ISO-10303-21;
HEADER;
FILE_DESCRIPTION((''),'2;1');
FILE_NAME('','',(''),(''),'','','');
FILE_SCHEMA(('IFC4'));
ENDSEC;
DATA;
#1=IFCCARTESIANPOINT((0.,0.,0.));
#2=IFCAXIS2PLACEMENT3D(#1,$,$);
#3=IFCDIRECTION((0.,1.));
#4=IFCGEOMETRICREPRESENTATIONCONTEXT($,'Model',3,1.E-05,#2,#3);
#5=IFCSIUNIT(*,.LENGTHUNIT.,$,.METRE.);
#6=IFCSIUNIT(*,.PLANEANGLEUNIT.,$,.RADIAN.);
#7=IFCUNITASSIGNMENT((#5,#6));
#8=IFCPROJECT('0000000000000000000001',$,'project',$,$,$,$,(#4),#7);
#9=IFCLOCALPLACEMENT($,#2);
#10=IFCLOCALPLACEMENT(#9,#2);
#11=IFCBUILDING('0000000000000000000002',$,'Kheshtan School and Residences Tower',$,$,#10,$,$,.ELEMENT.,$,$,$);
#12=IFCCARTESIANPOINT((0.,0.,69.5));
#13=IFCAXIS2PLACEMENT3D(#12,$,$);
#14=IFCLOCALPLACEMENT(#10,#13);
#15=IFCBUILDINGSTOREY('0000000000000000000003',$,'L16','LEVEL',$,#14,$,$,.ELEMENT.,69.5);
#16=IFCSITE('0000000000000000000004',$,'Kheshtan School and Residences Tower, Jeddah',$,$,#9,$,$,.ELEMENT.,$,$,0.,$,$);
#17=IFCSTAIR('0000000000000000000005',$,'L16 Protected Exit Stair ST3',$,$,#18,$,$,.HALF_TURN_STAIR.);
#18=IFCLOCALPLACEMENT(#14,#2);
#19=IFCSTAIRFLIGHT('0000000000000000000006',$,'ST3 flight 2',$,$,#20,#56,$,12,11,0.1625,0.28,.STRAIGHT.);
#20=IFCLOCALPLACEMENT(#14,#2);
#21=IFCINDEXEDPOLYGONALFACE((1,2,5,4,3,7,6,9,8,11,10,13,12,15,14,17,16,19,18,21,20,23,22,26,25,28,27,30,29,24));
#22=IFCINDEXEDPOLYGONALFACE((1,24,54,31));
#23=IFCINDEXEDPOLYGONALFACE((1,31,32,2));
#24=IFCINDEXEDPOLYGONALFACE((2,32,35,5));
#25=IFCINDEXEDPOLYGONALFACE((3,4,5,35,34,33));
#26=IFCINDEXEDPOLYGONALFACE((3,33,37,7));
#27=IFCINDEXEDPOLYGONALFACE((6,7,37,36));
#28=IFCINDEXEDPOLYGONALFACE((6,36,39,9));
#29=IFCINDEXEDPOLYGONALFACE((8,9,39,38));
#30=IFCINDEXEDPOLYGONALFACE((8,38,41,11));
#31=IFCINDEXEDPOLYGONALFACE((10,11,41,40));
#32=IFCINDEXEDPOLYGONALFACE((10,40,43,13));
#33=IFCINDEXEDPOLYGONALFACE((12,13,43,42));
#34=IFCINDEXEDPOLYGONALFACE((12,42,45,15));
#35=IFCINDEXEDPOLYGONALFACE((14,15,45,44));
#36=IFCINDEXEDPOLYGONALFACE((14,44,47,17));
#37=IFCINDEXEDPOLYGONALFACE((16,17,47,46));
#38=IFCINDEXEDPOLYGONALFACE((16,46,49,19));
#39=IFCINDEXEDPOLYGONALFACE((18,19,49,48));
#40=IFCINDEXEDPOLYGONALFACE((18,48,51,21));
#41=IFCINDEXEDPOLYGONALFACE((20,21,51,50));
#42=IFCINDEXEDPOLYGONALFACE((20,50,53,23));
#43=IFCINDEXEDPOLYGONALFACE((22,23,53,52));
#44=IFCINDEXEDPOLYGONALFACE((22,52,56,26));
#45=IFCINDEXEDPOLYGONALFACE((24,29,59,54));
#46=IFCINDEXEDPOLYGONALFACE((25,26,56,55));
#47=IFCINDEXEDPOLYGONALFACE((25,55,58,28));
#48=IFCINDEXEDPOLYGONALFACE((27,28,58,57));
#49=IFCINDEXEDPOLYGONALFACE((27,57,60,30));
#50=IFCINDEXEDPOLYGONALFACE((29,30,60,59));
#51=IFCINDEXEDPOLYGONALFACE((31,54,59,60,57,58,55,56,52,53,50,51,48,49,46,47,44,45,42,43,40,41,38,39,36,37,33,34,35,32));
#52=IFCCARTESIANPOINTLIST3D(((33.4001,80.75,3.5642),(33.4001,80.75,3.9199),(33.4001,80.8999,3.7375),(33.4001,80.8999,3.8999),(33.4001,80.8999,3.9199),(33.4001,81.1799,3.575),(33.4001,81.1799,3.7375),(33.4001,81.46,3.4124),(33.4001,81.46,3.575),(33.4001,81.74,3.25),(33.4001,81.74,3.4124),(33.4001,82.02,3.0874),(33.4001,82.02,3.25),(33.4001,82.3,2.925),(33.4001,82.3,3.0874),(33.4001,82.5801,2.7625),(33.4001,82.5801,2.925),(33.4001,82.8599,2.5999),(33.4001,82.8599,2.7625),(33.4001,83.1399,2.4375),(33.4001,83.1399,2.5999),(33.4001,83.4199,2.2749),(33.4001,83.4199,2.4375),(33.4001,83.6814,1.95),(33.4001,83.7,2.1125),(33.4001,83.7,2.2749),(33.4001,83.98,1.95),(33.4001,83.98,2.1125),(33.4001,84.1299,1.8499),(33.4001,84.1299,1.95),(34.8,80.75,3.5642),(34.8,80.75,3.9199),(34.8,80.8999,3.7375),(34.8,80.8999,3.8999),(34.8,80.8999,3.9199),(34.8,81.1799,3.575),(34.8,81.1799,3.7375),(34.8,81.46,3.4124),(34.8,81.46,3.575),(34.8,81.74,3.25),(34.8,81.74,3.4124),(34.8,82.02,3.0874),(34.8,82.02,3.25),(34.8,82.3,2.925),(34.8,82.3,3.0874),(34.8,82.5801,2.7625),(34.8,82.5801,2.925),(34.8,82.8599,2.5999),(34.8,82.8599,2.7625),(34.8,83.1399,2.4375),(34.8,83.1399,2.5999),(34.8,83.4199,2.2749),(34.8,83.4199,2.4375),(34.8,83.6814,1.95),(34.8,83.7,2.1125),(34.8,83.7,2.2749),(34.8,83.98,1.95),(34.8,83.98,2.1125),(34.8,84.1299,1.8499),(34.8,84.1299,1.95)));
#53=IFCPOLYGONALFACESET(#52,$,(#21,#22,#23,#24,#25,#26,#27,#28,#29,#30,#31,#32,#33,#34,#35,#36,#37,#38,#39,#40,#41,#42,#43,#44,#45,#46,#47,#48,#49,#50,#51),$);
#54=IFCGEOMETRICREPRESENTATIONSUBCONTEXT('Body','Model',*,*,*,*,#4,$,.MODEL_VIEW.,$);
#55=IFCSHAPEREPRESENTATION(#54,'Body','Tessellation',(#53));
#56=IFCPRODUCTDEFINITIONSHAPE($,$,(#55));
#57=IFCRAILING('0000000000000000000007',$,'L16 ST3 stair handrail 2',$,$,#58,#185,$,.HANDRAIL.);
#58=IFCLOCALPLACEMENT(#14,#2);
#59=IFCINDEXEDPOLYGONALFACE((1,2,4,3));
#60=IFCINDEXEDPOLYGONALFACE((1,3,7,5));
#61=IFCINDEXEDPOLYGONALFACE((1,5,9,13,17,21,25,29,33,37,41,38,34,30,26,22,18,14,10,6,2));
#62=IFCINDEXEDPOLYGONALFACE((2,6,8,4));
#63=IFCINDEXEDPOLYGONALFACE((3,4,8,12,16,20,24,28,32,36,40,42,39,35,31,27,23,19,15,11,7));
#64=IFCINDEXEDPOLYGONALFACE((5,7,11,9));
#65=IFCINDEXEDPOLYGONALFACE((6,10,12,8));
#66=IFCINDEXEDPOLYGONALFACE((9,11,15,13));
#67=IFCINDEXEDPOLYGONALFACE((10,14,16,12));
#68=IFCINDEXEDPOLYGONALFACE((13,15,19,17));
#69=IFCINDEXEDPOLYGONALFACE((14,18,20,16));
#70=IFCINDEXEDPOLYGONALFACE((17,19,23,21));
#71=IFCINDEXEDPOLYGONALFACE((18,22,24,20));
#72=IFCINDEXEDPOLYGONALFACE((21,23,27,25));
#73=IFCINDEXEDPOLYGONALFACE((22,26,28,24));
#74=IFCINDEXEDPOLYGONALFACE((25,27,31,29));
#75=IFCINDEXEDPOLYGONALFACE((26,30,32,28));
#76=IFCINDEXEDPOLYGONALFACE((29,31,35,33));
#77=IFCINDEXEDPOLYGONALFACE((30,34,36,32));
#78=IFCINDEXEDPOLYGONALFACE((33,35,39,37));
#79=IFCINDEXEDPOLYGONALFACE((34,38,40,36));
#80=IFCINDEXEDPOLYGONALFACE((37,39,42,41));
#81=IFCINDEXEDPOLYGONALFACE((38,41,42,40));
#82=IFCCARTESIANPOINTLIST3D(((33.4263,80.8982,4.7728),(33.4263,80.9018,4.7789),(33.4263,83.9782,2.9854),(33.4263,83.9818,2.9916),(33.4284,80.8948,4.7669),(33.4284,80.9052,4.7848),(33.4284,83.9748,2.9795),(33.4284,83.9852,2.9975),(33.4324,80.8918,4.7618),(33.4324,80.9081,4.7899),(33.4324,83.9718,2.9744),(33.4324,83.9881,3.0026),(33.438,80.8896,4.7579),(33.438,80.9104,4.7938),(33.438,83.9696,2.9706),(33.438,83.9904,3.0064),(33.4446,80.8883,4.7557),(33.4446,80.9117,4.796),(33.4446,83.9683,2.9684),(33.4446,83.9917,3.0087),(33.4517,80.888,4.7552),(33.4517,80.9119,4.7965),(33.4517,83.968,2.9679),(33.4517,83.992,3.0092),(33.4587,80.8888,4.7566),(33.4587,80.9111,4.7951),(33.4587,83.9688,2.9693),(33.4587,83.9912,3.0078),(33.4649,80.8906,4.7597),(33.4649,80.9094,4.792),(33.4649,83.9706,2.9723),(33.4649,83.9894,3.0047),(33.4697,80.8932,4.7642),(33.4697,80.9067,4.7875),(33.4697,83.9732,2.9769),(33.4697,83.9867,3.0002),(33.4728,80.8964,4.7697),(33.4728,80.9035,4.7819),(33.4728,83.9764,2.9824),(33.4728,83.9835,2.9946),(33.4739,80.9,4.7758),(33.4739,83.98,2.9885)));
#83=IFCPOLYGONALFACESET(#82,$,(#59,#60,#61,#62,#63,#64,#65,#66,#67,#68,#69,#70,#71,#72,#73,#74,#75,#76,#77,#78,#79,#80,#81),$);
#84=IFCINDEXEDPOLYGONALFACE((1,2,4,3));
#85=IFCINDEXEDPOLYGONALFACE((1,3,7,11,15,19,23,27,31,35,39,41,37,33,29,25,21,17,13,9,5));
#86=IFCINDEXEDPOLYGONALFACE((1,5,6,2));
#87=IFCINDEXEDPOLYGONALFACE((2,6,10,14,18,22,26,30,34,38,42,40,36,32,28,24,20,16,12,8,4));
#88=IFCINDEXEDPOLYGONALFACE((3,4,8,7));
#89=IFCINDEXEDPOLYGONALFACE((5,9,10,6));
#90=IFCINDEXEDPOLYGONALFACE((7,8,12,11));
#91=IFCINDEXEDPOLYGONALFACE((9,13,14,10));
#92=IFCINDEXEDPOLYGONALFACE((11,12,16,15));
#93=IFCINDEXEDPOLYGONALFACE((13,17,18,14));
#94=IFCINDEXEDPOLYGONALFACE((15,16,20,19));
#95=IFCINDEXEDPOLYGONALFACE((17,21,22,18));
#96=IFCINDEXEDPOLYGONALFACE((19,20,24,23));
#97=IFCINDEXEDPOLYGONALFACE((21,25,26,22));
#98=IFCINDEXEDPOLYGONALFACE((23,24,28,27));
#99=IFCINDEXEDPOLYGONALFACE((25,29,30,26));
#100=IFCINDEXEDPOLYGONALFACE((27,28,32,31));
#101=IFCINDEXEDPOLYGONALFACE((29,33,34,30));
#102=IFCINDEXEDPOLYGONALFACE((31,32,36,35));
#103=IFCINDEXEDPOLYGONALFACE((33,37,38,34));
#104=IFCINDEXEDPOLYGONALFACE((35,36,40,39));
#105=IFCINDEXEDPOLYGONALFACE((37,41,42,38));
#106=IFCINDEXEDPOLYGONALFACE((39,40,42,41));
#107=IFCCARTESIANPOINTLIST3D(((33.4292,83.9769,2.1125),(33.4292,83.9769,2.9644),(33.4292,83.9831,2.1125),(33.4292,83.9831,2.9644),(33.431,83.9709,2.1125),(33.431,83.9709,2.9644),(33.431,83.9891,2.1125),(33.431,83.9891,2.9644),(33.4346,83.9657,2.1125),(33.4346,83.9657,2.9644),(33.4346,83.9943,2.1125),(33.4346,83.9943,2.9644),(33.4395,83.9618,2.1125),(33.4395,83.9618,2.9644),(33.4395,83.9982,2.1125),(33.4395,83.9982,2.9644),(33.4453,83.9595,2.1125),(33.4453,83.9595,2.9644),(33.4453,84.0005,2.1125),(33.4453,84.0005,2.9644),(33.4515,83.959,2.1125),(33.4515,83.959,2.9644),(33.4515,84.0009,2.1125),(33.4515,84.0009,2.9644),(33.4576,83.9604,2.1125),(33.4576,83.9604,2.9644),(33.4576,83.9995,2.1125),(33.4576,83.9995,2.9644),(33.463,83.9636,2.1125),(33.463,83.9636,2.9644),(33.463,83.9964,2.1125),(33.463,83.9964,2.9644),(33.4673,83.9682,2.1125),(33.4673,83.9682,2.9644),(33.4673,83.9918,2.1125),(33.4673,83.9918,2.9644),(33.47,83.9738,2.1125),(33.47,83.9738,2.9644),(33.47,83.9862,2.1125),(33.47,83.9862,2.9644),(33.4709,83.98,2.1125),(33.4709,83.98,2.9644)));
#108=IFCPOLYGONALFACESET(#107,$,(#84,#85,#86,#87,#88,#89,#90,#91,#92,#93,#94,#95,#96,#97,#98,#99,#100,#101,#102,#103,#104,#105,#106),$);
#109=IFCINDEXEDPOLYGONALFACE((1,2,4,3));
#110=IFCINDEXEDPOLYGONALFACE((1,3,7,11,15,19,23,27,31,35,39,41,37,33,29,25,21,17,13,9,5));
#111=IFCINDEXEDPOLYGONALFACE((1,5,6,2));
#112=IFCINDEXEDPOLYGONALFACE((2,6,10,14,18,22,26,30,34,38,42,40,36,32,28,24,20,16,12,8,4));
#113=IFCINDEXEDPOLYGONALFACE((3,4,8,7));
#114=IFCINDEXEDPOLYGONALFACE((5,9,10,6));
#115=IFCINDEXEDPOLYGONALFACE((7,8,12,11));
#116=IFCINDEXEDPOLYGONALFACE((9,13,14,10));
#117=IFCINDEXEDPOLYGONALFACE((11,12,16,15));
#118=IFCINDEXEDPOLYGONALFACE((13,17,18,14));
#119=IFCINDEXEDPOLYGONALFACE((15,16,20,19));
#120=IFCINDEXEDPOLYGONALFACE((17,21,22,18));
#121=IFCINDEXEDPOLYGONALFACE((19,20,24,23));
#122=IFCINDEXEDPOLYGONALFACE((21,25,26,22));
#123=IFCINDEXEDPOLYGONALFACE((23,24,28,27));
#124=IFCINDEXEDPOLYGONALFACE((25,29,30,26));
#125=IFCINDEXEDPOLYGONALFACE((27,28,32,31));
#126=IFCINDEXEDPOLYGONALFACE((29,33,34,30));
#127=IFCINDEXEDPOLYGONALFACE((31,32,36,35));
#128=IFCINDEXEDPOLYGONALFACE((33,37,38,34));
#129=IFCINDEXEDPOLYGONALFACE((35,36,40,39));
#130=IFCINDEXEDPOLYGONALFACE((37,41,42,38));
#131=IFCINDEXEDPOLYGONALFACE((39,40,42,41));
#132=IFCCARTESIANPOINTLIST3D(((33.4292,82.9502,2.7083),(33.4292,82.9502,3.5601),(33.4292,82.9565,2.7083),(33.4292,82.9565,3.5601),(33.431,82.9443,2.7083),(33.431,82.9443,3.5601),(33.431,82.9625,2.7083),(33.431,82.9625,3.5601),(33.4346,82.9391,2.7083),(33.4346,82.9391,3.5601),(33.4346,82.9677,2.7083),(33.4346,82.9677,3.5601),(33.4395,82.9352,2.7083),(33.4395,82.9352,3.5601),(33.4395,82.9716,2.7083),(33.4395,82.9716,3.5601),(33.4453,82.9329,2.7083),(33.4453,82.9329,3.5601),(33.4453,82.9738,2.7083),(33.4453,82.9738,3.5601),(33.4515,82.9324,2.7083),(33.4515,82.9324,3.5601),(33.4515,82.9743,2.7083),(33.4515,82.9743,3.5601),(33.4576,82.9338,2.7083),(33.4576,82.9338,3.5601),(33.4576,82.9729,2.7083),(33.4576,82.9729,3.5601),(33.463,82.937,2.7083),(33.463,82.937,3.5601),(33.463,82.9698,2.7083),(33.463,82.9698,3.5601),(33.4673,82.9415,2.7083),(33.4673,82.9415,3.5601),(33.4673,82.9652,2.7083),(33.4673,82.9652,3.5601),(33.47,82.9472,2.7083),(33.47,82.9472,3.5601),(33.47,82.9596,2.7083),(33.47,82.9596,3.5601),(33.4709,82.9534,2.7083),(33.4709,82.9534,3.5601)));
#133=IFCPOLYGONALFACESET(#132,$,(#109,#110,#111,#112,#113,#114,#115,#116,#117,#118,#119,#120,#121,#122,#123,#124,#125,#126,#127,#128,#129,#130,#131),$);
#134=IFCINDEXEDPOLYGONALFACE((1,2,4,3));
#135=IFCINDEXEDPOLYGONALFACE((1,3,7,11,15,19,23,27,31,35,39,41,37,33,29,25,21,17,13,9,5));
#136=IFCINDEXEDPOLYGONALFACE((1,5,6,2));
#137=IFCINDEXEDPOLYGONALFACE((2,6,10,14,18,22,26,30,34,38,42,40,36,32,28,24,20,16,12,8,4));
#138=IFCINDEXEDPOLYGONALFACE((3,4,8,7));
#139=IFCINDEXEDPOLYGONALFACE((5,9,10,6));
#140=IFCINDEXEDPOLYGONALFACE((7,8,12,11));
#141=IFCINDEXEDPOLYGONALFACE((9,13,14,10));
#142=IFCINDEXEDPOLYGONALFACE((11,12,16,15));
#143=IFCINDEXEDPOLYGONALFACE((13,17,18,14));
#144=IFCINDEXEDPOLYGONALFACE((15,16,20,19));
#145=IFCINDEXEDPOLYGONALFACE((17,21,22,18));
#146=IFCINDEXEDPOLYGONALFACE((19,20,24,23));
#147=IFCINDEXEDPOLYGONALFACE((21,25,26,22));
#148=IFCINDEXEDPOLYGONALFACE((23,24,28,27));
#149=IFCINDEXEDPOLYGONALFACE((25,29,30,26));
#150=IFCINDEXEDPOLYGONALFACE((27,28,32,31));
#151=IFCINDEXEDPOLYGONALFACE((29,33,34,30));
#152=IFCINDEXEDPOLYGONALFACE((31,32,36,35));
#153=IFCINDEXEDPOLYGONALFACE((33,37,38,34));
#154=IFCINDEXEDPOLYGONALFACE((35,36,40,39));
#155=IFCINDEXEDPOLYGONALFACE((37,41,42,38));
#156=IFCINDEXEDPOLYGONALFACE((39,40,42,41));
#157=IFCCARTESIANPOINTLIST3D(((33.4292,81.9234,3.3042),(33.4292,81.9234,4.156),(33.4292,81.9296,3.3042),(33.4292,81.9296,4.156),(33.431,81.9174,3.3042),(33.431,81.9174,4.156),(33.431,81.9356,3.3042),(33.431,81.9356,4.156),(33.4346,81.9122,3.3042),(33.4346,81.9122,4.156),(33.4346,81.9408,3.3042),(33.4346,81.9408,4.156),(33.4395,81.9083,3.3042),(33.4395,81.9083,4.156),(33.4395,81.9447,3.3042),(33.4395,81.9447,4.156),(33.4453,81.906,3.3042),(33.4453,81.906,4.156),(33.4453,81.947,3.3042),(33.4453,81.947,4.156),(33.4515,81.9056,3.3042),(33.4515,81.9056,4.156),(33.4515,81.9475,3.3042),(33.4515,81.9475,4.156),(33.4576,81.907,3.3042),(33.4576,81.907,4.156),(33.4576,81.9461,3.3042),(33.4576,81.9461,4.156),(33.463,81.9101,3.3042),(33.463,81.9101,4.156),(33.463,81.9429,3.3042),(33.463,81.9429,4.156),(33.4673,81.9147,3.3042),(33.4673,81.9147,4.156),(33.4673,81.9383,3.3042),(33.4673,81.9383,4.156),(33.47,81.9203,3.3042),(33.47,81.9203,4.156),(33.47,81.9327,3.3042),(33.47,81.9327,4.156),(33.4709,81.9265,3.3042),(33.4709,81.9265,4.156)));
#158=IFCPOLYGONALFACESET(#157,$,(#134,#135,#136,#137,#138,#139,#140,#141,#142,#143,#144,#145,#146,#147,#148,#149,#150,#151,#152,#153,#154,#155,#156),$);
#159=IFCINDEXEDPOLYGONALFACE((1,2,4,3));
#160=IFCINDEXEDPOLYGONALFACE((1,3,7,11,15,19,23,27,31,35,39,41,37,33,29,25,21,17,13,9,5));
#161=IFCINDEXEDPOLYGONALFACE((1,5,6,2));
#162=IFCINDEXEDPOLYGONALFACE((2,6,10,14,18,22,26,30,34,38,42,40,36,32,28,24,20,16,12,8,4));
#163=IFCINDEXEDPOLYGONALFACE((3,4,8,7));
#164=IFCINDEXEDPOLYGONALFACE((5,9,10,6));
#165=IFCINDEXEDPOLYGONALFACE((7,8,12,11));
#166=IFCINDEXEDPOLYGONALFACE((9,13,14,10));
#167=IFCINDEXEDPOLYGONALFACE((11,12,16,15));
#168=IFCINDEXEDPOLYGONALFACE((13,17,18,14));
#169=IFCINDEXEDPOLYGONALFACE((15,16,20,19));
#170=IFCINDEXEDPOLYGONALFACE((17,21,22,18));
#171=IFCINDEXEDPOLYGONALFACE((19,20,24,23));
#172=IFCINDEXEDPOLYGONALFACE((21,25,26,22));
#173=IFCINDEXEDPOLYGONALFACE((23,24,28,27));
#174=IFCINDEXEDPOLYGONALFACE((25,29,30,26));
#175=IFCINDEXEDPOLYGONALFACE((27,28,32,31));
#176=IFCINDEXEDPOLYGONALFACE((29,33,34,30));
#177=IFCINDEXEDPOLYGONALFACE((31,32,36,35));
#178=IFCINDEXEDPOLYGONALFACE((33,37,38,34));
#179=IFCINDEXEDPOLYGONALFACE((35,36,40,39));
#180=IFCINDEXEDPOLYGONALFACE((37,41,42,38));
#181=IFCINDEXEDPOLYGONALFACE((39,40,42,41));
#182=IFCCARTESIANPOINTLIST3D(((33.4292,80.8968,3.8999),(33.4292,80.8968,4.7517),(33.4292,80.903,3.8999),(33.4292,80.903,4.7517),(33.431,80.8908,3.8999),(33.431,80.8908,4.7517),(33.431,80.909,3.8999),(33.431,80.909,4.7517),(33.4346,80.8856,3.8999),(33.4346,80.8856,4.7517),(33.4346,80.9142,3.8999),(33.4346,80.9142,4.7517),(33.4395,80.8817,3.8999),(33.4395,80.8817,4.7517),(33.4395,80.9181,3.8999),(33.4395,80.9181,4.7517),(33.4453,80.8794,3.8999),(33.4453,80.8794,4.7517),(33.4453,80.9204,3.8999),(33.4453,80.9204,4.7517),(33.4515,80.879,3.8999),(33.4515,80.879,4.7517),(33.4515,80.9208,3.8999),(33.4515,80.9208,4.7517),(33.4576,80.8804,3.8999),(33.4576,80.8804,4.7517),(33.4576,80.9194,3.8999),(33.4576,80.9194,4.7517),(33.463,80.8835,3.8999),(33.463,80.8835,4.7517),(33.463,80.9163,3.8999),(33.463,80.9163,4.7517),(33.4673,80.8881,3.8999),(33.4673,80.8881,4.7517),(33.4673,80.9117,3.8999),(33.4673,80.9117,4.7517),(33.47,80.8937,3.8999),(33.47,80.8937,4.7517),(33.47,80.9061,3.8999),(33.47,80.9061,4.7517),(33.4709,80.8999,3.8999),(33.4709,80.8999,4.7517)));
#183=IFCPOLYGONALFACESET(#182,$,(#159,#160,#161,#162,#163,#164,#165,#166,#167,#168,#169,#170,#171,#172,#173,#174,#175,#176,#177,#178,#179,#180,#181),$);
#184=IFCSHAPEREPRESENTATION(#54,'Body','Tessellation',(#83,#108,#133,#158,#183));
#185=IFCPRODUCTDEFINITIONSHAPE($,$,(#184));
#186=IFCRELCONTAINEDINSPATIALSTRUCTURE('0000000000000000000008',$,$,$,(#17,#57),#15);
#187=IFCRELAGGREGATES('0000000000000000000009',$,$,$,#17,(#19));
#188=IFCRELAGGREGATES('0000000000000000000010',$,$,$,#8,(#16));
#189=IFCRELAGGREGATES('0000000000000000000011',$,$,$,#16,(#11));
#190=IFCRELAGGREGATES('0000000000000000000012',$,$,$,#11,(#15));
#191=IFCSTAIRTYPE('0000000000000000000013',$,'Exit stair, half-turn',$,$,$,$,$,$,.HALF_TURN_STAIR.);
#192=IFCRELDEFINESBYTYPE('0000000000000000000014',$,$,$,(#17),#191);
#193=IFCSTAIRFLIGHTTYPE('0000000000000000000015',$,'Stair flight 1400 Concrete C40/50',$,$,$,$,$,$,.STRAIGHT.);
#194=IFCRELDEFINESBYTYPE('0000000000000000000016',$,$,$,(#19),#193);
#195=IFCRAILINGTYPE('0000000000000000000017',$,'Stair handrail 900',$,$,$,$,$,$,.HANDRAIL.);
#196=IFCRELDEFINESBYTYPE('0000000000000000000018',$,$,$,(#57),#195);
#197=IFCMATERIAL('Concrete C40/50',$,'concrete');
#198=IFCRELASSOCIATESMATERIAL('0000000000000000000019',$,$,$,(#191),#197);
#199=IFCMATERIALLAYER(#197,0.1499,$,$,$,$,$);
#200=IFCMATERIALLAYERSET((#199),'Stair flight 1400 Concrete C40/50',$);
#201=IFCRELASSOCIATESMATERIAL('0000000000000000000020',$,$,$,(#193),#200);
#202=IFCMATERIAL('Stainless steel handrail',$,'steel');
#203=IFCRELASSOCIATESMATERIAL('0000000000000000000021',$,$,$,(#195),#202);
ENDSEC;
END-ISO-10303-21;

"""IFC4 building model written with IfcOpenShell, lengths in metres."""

from ifc_helpers import new_model, si_unit, direction, frame, origin, origin_2d, place, context, subcontext, project, spatial, polyline, circle, outline, extrude, material, layer, layer_set, type_object, element, aggregate, save


model = new_model("IFC4")

# Units and contexts
model_context = context("Model", 3, precision=1e-05, world=origin(), true_north=direction((0.0, 1.0)))
body_context = subcontext(model_context, "Body", "Model", "MODEL_VIEW")
ifc_project = project(units=[si_unit("LENGTHUNIT", "METRE"), si_unit("PLANEANGLEUNIT", "RADIAN")], contexts=[model_context])

# Site, building, storey
site_placement = place(None, origin())
site = spatial("IfcSite", under=ifc_project, at=site_placement, Name="Kheshtan School and Residences Tower, Jeddah", CompositionType="ELEMENT", RefElevation=0.0)
building_placement = place(site_placement, origin())
building = spatial("IfcBuilding", under=site, at=building_placement, Name="Kheshtan School and Residences Tower", CompositionType="ELEMENT")
storey_placement = place(building_placement, frame((0.0, 0.0, 69.5)))
storey = spatial("IfcBuildingStorey", under=building, at=storey_placement, Name="L16", Description="LEVEL", CompositionType="ELEMENT", Elevation=69.5)

# Shared definitions
ifc_material_1 = material(Name="Concrete C40/50", Category="concrete")

# Stair, stair flight
stair_type = type_object("IfcStairType", Name="Exit stair, half-turn", PredefinedType="HALF_TURN_STAIR", material=ifc_material_1)
stair_placement = place(storey_placement, origin())
stair = element("IfcStair", 1, at=stair_placement, inside=storey, type_object=stair_type, Name="L16 Protected Exit Stair ST3", PredefinedType="HALF_TURN_STAIR")
ifc_layer_1 = layer(ifc_material_1, 0.1499)
ifc_layer_set_1 = layer_set([ifc_layer_1], Name="Stair flight 1400 Concrete C40/50")
stair_flight_type = type_object("IfcStairFlightType", Name="Stair flight 1400 Concrete C40/50", PredefinedType="STRAIGHT", material=ifc_layer_set_1)
stair_flight_placement = place(storey_placement, frame((34.1001, 83.98, 1.95), z_axis=(0.0, 0.0, 1.0), x_axis=(0.0, -1.0, 0.0)))
stair_flight = element("IfcStairFlight", 2, at=stair_flight_placement, type_object=stair_flight_type, Name="ST3 flight 2", NumberOfRisers=12, NumberOfTreads=11, PredefinedType="STRAIGHT", RiserHeight=0.1625, TreadLength=0.28, context=body_context, shape_type="SweptSolid", body=[
    extrude(outline(polyline([(-0.1499, -0.1001), (-0.1499, 0.0), (0.0, 0.0), (0.0, 0.1626), (0.28, 0.1626), (0.28, 0.325), (0.5601, 0.325), (0.5601, 0.4875), (0.8401, 0.4875), (0.8401, 0.6499), (1.1201, 0.6499), (1.1201, 0.8125), (1.3999, 0.8125), (1.3999, 0.9751), (1.6799, 0.9751), (1.6799, 1.1375), (1.96, 1.1375), (1.96, 1.3), (2.24, 1.3), (2.24, 1.4624), (2.52, 1.4624), (2.52, 1.625), (2.8, 1.625), (2.8, 1.7876), (3.0801, 1.7876), (3.0801, 1.95), (3.0801, 1.97), (3.23, 1.97), (3.23, 1.6143), (0.2986, 0.0), (-0.1499, -0.1001)])), frame((0.0, 0.7, 0.0), z_axis=(0.0, -1.0, 0.0), x_axis=(1.0, 0.0, 0.0)), (0.0, 0.0, 1.0), 1.3999),
])
aggregate(stair, [stair_flight])

# Railing
ifc_material_2 = material(Name="Stainless steel handrail", Category="steel")
railing_type_1 = type_object("IfcRailingType", Name="Stair handrail 900", PredefinedType="HANDRAIL", material=ifc_material_2)
railing_1_placement = place(storey_placement, frame((33.45, 83.98, 2.1125)))
element("IfcRailing", 3, at=railing_1_placement, inside=storey, type_object=railing_type_1, Name="L16 ST3 stair handrail 2", PredefinedType="HANDRAIL", context=body_context, shape_type="SweptSolid", body=[
    extrude(circle(Radius=0.0239, at=origin_2d()), frame((0.0, 0.0, 0.876), z_axis=(0.0, -0.86492, 0.501909), x_axis=(1.0, 0.0, 0.0)), (0.0, 0.0, 1.0), 3.561),
    extrude(circle(Radius=0.021, at=origin_2d()), origin(), (0.0, 0.0, 1.0), 0.8518),
    extrude(circle(Radius=0.021, at=origin_2d()), frame((0.0, -1.0266, 0.5957)), (0.0, 0.0, 1.0), 0.8518),
    extrude(circle(Radius=0.021, at=origin_2d()), frame((0.0, -2.0535, 1.1917)), (0.0, 0.0, 1.0), 0.8518),
    extrude(circle(Radius=0.021, at=origin_2d()), frame((0.0, -3.0801, 1.7874)), (0.0, 0.0, 1.0), 0.8518),
])

save(model, "model.ifc")
